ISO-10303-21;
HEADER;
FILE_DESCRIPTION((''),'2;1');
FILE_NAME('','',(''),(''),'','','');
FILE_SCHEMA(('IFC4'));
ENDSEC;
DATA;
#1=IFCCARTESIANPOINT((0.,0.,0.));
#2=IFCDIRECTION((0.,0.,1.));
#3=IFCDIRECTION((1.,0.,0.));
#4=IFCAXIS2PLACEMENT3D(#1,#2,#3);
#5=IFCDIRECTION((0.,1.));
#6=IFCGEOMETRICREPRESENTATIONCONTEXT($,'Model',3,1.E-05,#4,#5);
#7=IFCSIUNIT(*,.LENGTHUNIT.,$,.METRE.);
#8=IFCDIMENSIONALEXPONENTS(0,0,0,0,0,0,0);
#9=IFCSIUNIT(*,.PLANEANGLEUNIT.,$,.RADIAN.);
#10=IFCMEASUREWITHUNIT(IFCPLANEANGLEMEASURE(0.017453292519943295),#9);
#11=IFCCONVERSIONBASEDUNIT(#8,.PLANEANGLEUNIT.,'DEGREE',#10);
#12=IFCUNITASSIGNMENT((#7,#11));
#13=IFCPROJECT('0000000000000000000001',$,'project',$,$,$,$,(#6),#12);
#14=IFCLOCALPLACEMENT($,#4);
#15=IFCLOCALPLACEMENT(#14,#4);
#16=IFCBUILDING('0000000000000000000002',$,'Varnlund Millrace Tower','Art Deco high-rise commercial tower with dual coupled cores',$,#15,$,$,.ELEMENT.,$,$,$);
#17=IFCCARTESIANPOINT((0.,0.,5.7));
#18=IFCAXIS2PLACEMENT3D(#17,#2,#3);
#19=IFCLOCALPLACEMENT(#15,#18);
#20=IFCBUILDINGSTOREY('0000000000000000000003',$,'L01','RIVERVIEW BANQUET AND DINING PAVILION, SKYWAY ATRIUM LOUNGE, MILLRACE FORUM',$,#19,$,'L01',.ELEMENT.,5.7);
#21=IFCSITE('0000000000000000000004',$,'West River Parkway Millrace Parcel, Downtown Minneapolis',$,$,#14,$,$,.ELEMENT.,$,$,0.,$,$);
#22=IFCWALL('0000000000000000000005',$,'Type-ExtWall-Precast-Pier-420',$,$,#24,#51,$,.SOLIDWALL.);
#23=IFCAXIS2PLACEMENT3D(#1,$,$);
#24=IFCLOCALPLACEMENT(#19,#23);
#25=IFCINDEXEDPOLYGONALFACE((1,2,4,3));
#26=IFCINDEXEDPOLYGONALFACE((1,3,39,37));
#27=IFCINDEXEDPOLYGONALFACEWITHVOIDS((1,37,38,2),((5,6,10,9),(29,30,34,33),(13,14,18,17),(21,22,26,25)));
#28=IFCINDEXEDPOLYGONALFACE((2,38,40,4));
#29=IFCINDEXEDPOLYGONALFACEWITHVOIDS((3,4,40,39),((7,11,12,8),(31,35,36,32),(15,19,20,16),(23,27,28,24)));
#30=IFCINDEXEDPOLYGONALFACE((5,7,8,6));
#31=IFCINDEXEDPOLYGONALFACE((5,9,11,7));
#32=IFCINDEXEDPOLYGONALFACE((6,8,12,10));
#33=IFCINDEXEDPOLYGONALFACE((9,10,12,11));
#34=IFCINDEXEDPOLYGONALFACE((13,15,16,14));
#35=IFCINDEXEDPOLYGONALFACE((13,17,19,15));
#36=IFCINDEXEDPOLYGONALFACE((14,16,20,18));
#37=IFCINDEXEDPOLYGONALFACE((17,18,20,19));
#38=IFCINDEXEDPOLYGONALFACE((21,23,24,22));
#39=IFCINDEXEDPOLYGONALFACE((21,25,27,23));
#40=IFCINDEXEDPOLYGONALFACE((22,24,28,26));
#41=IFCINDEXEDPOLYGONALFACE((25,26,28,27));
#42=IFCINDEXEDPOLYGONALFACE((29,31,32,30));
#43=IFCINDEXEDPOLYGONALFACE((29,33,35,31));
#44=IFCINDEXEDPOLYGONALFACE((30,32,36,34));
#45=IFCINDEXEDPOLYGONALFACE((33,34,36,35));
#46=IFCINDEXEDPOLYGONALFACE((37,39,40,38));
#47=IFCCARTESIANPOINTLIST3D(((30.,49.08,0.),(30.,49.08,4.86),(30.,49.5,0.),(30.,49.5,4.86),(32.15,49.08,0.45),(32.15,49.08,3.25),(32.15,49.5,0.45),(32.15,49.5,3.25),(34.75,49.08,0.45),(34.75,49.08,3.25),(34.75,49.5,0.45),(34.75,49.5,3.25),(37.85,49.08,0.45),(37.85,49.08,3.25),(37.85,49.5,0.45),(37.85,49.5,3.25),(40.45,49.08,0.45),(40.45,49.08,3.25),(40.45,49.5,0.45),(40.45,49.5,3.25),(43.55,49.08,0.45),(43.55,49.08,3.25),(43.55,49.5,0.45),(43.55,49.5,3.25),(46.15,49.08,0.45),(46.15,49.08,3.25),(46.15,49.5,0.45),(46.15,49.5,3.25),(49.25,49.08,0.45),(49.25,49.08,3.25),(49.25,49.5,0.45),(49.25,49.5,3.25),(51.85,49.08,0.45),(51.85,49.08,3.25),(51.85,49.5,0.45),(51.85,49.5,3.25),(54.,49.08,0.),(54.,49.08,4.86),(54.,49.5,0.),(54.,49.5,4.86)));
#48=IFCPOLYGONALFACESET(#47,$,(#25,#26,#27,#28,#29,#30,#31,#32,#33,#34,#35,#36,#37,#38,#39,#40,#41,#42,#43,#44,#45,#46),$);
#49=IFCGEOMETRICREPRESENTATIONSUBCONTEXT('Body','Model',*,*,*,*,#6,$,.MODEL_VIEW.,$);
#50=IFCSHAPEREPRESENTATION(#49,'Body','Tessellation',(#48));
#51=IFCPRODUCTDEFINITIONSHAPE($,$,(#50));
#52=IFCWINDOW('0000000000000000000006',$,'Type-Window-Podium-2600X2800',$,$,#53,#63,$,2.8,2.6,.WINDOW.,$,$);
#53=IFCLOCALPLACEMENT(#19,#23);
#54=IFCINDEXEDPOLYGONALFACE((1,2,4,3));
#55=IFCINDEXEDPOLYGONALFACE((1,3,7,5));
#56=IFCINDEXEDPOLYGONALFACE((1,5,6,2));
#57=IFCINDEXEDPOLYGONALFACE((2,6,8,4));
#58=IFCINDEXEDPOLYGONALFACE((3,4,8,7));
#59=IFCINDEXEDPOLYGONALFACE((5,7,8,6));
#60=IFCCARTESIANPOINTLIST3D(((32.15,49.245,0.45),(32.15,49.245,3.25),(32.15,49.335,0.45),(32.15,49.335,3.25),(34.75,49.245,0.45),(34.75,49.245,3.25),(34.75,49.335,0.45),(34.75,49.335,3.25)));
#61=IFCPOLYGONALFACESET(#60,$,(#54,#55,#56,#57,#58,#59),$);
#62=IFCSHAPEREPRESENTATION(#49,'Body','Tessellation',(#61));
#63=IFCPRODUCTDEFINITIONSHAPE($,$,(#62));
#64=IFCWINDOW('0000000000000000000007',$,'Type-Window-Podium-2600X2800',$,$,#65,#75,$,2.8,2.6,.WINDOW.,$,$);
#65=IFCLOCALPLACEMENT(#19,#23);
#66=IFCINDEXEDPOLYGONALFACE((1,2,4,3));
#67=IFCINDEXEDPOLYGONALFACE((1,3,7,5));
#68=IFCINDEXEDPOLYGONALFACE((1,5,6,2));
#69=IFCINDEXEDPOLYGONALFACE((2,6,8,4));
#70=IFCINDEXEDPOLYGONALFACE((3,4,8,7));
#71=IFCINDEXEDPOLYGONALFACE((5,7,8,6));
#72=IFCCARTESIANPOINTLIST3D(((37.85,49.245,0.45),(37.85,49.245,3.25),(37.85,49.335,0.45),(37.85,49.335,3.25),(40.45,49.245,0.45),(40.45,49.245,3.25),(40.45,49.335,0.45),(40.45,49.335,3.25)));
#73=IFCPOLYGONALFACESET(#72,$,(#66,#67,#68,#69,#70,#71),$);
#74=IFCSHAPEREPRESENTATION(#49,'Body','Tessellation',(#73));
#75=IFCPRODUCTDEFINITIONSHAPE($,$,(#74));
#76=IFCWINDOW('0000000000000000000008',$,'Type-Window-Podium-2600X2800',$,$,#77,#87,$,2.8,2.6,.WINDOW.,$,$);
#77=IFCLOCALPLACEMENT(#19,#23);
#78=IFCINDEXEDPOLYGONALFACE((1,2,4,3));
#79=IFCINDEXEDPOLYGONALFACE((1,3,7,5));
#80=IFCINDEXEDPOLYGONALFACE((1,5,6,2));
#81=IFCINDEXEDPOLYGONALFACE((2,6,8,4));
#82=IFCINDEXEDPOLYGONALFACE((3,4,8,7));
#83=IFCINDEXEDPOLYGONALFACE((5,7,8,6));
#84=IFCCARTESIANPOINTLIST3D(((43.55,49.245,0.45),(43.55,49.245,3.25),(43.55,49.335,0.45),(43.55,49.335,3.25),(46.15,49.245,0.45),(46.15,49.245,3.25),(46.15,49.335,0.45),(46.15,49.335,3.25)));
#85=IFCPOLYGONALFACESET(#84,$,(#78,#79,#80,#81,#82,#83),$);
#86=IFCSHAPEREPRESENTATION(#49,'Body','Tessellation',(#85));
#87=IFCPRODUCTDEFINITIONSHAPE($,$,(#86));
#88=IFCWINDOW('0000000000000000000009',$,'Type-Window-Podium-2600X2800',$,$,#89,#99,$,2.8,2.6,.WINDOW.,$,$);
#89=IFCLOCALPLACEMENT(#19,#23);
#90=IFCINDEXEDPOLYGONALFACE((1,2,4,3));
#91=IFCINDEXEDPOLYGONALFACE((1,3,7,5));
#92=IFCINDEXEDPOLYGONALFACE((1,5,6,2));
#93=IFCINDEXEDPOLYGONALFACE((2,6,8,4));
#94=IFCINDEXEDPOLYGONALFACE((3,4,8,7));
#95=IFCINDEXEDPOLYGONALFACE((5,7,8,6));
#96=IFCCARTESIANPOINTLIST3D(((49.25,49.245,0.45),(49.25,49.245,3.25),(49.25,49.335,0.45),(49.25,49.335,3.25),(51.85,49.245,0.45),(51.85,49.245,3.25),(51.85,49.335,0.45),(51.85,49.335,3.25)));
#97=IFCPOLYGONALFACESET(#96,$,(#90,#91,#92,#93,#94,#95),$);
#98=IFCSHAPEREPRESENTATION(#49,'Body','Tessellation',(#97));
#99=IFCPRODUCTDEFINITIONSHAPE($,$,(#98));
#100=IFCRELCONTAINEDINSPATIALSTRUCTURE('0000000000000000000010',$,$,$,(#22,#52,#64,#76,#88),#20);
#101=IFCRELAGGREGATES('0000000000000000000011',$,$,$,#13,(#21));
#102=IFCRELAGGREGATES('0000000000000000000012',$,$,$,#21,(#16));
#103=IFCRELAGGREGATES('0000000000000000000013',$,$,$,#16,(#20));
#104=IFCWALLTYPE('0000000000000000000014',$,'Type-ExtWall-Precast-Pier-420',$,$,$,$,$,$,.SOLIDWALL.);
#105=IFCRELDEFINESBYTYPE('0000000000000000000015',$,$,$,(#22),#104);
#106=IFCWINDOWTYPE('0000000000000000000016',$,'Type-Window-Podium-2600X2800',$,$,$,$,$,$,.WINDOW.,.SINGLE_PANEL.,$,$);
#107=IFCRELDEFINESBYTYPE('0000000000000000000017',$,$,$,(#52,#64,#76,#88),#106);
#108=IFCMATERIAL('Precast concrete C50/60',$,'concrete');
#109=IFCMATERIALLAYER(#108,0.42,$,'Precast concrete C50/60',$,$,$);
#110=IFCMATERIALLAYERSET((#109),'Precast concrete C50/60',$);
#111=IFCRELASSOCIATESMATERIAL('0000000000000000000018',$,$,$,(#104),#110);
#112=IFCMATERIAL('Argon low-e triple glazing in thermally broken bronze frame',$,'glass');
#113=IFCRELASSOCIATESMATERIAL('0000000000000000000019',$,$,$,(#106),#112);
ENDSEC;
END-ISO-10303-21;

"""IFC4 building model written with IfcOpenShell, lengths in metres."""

from ifc_helpers import new_model, entity, si_unit, converted_unit, direction, frame, origin_with_axes, origin_2d_with_axis, place, context, subcontext, project, spatial, polyline, rectangle, outline, extrude, material, layer, layer_set, type_object, element, fill, save


model = new_model("IFC4")

# Units and contexts
model_context = context("Model", 3, precision=1e-05, world=origin_with_axes(), true_north=direction((0.0, 1.0)))
body_context = subcontext(model_context, "Body", "Model", "MODEL_VIEW")
ifc_project = project(units=[si_unit("LENGTHUNIT", "METRE"), converted_unit("PLANEANGLEUNIT", "DEGREE", entity("IfcPlaneAngleMeasure", 0.017453292519943295), si_unit("PLANEANGLEUNIT", "RADIAN"), dimensions=[0, 0, 0, 0, 0, 0, 0])], contexts=[model_context])

# Site, building, storey
site_placement = place(None, origin_with_axes())
site = spatial("IfcSite", under=ifc_project, at=site_placement, Name="West River Parkway Millrace Parcel, Downtown Minneapolis", CompositionType="ELEMENT", RefElevation=0.0)
building_placement = place(site_placement, origin_with_axes())
building = spatial("IfcBuilding", under=site, at=building_placement, Name="Varnlund Millrace Tower", Description="Art Deco high-rise commercial tower with dual coupled cores", CompositionType="ELEMENT")
storey_placement = place(building_placement, frame((0.0, 0.0, 5.7), z_axis=(0.0, 0.0, 1.0), x_axis=(1.0, 0.0, 0.0)))
storey = spatial("IfcBuildingStorey", under=building, at=storey_placement, Name="L01", Description="RIVERVIEW BANQUET AND DINING PAVILION, SKYWAY ATRIUM LOUNGE, MILLRACE FORUM", LongName="L01", CompositionType="ELEMENT", Elevation=5.7)

# Wall, openings, windows
ifc_material_1 = material(Name="Precast concrete C50/60", Category="concrete")
ifc_layer_1 = layer(ifc_material_1, 0.42, Name="Precast concrete C50/60")
ifc_layer_set_1 = layer_set([ifc_layer_1], Name="Precast concrete C50/60")
wall_type = type_object("IfcWallType", Name="Type-ExtWall-Precast-Pier-420", PredefinedType="SOLIDWALL", material=ifc_layer_set_1)
wall_placement = place(storey_placement, frame((30.0, 49.29, 0.0), z_axis=(0.0, 0.0, 1.0), x_axis=(1.0, 0.0, 0.0)))
wall = element("IfcWall", 1, at=wall_placement, inside=storey, type_object=wall_type, Name="Type-ExtWall-Precast-Pier-420", PredefinedType="SOLIDWALL", context=body_context, shape_type="SweptSolid", body=[
    extrude(outline(polyline([(0.0, -0.21), (24.0, -0.21), (24.0, 0.21), (0.0, 0.21), (0.0, -0.21)])), origin_with_axes(), (0.0, 0.0, 1.0), 4.86),
])
opening_1_placement = place(wall_placement, frame((3.45, 0.0, 0.45), z_axis=(0.0, 0.0, 1.0), x_axis=(1.0, 0.0, 0.0)))
opening_1 = element("IfcOpeningElement", 2, at=opening_1_placement, cuts=wall, PredefinedType="OPENING", context=body_context, shape_type="SweptSolid", body=[
    extrude(rectangle(XDim=2.6, YDim=0.44, at=origin_2d_with_axis()), origin_with_axes(), (0.0, 0.0, 1.0), 2.8),
])
opening_2_placement = place(wall_placement, frame((9.15, 0.0, 0.45), z_axis=(0.0, 0.0, 1.0), x_axis=(1.0, 0.0, 0.0)))
opening_2 = element("IfcOpeningElement", 3, at=opening_2_placement, cuts=wall, PredefinedType="OPENING", context=body_context, shape_type="SweptSolid", body=[
    extrude(rectangle(XDim=2.6, YDim=0.44, at=origin_2d_with_axis()), origin_with_axes(), (0.0, 0.0, 1.0), 2.8),
])
opening_3_placement = place(wall_placement, frame((14.85, 0.0, 0.45), z_axis=(0.0, 0.0, 1.0), x_axis=(1.0, 0.0, 0.0)))
opening_3 = element("IfcOpeningElement", 4, at=opening_3_placement, cuts=wall, PredefinedType="OPENING", context=body_context, shape_type="SweptSolid", body=[
    extrude(rectangle(XDim=2.6, YDim=0.44, at=origin_2d_with_axis()), origin_with_axes(), (0.0, 0.0, 1.0), 2.8),
])
opening_4_placement = place(wall_placement, frame((20.55, 0.0, 0.45), z_axis=(0.0, 0.0, 1.0), x_axis=(1.0, 0.0, 0.0)))
opening_4 = element("IfcOpeningElement", 5, at=opening_4_placement, cuts=wall, PredefinedType="OPENING", context=body_context, shape_type="SweptSolid", body=[
    extrude(rectangle(XDim=2.6, YDim=0.44, at=origin_2d_with_axis()), origin_with_axes(), (0.0, 0.0, 1.0), 2.8),
])
ifc_material_2 = material(Name="Argon low-e triple glazing in thermally broken bronze frame", Category="glass")
window_type = type_object("IfcWindowType", Name="Type-Window-Podium-2600X2800", PartitioningType="SINGLE_PANEL", PredefinedType="WINDOW", material=ifc_material_2)
window_1_placement = place(wall_placement, frame((3.45, 0.0, 0.45), z_axis=(0.0, 0.0, 1.0), x_axis=(1.0, 0.0, 0.0)))
window_1 = element("IfcWindow", 6, at=window_1_placement, inside=storey, type_object=window_type, Name="Type-Window-Podium-2600X2800", OverallHeight=2.8, OverallWidth=2.6, PredefinedType="WINDOW", context=body_context, shape_type="SweptSolid", body=[
    extrude(rectangle(XDim=2.6, YDim=0.09, at=origin_2d_with_axis()), origin_with_axes(), (0.0, 0.0, 1.0), 2.8),
])
fill(opening_1, window_1)
window_2_placement = place(wall_placement, frame((9.15, 0.0, 0.45), z_axis=(0.0, 0.0, 1.0), x_axis=(1.0, 0.0, 0.0)))
window_2 = element("IfcWindow", 7, at=window_2_placement, inside=storey, type_object=window_type, Name="Type-Window-Podium-2600X2800", OverallHeight=2.8, OverallWidth=2.6, PredefinedType="WINDOW", context=body_context, shape_type="SweptSolid", body=[
    extrude(rectangle(XDim=2.6, YDim=0.09, at=origin_2d_with_axis()), origin_with_axes(), (0.0, 0.0, 1.0), 2.8),
])
fill(opening_2, window_2)
window_3_placement = place(wall_placement, frame((14.85, 0.0, 0.45), z_axis=(0.0, 0.0, 1.0), x_axis=(1.0, 0.0, 0.0)))
window_3 = element("IfcWindow", 8, at=window_3_placement, inside=storey, type_object=window_type, Name="Type-Window-Podium-2600X2800", OverallHeight=2.8, OverallWidth=2.6, PredefinedType="WINDOW", context=body_context, shape_type="SweptSolid", body=[
    extrude(rectangle(XDim=2.6, YDim=0.09, at=origin_2d_with_axis()), origin_with_axes(), (0.0, 0.0, 1.0), 2.8),
])
fill(opening_3, window_3)
window_4_placement = place(wall_placement, frame((20.55, 0.0, 0.45), z_axis=(0.0, 0.0, 1.0), x_axis=(1.0, 0.0, 0.0)))
window_4 = element("IfcWindow", 9, at=window_4_placement, inside=storey, type_object=window_type, Name="Type-Window-Podium-2600X2800", OverallHeight=2.8, OverallWidth=2.6, PredefinedType="WINDOW", context=body_context, shape_type="SweptSolid", body=[
    extrude(rectangle(XDim=2.6, YDim=0.09, at=origin_2d_with_axis()), origin_with_axes(), (0.0, 0.0, 1.0), 2.8),
])
fill(opening_4, window_4)

save(model, "model.ifc")
